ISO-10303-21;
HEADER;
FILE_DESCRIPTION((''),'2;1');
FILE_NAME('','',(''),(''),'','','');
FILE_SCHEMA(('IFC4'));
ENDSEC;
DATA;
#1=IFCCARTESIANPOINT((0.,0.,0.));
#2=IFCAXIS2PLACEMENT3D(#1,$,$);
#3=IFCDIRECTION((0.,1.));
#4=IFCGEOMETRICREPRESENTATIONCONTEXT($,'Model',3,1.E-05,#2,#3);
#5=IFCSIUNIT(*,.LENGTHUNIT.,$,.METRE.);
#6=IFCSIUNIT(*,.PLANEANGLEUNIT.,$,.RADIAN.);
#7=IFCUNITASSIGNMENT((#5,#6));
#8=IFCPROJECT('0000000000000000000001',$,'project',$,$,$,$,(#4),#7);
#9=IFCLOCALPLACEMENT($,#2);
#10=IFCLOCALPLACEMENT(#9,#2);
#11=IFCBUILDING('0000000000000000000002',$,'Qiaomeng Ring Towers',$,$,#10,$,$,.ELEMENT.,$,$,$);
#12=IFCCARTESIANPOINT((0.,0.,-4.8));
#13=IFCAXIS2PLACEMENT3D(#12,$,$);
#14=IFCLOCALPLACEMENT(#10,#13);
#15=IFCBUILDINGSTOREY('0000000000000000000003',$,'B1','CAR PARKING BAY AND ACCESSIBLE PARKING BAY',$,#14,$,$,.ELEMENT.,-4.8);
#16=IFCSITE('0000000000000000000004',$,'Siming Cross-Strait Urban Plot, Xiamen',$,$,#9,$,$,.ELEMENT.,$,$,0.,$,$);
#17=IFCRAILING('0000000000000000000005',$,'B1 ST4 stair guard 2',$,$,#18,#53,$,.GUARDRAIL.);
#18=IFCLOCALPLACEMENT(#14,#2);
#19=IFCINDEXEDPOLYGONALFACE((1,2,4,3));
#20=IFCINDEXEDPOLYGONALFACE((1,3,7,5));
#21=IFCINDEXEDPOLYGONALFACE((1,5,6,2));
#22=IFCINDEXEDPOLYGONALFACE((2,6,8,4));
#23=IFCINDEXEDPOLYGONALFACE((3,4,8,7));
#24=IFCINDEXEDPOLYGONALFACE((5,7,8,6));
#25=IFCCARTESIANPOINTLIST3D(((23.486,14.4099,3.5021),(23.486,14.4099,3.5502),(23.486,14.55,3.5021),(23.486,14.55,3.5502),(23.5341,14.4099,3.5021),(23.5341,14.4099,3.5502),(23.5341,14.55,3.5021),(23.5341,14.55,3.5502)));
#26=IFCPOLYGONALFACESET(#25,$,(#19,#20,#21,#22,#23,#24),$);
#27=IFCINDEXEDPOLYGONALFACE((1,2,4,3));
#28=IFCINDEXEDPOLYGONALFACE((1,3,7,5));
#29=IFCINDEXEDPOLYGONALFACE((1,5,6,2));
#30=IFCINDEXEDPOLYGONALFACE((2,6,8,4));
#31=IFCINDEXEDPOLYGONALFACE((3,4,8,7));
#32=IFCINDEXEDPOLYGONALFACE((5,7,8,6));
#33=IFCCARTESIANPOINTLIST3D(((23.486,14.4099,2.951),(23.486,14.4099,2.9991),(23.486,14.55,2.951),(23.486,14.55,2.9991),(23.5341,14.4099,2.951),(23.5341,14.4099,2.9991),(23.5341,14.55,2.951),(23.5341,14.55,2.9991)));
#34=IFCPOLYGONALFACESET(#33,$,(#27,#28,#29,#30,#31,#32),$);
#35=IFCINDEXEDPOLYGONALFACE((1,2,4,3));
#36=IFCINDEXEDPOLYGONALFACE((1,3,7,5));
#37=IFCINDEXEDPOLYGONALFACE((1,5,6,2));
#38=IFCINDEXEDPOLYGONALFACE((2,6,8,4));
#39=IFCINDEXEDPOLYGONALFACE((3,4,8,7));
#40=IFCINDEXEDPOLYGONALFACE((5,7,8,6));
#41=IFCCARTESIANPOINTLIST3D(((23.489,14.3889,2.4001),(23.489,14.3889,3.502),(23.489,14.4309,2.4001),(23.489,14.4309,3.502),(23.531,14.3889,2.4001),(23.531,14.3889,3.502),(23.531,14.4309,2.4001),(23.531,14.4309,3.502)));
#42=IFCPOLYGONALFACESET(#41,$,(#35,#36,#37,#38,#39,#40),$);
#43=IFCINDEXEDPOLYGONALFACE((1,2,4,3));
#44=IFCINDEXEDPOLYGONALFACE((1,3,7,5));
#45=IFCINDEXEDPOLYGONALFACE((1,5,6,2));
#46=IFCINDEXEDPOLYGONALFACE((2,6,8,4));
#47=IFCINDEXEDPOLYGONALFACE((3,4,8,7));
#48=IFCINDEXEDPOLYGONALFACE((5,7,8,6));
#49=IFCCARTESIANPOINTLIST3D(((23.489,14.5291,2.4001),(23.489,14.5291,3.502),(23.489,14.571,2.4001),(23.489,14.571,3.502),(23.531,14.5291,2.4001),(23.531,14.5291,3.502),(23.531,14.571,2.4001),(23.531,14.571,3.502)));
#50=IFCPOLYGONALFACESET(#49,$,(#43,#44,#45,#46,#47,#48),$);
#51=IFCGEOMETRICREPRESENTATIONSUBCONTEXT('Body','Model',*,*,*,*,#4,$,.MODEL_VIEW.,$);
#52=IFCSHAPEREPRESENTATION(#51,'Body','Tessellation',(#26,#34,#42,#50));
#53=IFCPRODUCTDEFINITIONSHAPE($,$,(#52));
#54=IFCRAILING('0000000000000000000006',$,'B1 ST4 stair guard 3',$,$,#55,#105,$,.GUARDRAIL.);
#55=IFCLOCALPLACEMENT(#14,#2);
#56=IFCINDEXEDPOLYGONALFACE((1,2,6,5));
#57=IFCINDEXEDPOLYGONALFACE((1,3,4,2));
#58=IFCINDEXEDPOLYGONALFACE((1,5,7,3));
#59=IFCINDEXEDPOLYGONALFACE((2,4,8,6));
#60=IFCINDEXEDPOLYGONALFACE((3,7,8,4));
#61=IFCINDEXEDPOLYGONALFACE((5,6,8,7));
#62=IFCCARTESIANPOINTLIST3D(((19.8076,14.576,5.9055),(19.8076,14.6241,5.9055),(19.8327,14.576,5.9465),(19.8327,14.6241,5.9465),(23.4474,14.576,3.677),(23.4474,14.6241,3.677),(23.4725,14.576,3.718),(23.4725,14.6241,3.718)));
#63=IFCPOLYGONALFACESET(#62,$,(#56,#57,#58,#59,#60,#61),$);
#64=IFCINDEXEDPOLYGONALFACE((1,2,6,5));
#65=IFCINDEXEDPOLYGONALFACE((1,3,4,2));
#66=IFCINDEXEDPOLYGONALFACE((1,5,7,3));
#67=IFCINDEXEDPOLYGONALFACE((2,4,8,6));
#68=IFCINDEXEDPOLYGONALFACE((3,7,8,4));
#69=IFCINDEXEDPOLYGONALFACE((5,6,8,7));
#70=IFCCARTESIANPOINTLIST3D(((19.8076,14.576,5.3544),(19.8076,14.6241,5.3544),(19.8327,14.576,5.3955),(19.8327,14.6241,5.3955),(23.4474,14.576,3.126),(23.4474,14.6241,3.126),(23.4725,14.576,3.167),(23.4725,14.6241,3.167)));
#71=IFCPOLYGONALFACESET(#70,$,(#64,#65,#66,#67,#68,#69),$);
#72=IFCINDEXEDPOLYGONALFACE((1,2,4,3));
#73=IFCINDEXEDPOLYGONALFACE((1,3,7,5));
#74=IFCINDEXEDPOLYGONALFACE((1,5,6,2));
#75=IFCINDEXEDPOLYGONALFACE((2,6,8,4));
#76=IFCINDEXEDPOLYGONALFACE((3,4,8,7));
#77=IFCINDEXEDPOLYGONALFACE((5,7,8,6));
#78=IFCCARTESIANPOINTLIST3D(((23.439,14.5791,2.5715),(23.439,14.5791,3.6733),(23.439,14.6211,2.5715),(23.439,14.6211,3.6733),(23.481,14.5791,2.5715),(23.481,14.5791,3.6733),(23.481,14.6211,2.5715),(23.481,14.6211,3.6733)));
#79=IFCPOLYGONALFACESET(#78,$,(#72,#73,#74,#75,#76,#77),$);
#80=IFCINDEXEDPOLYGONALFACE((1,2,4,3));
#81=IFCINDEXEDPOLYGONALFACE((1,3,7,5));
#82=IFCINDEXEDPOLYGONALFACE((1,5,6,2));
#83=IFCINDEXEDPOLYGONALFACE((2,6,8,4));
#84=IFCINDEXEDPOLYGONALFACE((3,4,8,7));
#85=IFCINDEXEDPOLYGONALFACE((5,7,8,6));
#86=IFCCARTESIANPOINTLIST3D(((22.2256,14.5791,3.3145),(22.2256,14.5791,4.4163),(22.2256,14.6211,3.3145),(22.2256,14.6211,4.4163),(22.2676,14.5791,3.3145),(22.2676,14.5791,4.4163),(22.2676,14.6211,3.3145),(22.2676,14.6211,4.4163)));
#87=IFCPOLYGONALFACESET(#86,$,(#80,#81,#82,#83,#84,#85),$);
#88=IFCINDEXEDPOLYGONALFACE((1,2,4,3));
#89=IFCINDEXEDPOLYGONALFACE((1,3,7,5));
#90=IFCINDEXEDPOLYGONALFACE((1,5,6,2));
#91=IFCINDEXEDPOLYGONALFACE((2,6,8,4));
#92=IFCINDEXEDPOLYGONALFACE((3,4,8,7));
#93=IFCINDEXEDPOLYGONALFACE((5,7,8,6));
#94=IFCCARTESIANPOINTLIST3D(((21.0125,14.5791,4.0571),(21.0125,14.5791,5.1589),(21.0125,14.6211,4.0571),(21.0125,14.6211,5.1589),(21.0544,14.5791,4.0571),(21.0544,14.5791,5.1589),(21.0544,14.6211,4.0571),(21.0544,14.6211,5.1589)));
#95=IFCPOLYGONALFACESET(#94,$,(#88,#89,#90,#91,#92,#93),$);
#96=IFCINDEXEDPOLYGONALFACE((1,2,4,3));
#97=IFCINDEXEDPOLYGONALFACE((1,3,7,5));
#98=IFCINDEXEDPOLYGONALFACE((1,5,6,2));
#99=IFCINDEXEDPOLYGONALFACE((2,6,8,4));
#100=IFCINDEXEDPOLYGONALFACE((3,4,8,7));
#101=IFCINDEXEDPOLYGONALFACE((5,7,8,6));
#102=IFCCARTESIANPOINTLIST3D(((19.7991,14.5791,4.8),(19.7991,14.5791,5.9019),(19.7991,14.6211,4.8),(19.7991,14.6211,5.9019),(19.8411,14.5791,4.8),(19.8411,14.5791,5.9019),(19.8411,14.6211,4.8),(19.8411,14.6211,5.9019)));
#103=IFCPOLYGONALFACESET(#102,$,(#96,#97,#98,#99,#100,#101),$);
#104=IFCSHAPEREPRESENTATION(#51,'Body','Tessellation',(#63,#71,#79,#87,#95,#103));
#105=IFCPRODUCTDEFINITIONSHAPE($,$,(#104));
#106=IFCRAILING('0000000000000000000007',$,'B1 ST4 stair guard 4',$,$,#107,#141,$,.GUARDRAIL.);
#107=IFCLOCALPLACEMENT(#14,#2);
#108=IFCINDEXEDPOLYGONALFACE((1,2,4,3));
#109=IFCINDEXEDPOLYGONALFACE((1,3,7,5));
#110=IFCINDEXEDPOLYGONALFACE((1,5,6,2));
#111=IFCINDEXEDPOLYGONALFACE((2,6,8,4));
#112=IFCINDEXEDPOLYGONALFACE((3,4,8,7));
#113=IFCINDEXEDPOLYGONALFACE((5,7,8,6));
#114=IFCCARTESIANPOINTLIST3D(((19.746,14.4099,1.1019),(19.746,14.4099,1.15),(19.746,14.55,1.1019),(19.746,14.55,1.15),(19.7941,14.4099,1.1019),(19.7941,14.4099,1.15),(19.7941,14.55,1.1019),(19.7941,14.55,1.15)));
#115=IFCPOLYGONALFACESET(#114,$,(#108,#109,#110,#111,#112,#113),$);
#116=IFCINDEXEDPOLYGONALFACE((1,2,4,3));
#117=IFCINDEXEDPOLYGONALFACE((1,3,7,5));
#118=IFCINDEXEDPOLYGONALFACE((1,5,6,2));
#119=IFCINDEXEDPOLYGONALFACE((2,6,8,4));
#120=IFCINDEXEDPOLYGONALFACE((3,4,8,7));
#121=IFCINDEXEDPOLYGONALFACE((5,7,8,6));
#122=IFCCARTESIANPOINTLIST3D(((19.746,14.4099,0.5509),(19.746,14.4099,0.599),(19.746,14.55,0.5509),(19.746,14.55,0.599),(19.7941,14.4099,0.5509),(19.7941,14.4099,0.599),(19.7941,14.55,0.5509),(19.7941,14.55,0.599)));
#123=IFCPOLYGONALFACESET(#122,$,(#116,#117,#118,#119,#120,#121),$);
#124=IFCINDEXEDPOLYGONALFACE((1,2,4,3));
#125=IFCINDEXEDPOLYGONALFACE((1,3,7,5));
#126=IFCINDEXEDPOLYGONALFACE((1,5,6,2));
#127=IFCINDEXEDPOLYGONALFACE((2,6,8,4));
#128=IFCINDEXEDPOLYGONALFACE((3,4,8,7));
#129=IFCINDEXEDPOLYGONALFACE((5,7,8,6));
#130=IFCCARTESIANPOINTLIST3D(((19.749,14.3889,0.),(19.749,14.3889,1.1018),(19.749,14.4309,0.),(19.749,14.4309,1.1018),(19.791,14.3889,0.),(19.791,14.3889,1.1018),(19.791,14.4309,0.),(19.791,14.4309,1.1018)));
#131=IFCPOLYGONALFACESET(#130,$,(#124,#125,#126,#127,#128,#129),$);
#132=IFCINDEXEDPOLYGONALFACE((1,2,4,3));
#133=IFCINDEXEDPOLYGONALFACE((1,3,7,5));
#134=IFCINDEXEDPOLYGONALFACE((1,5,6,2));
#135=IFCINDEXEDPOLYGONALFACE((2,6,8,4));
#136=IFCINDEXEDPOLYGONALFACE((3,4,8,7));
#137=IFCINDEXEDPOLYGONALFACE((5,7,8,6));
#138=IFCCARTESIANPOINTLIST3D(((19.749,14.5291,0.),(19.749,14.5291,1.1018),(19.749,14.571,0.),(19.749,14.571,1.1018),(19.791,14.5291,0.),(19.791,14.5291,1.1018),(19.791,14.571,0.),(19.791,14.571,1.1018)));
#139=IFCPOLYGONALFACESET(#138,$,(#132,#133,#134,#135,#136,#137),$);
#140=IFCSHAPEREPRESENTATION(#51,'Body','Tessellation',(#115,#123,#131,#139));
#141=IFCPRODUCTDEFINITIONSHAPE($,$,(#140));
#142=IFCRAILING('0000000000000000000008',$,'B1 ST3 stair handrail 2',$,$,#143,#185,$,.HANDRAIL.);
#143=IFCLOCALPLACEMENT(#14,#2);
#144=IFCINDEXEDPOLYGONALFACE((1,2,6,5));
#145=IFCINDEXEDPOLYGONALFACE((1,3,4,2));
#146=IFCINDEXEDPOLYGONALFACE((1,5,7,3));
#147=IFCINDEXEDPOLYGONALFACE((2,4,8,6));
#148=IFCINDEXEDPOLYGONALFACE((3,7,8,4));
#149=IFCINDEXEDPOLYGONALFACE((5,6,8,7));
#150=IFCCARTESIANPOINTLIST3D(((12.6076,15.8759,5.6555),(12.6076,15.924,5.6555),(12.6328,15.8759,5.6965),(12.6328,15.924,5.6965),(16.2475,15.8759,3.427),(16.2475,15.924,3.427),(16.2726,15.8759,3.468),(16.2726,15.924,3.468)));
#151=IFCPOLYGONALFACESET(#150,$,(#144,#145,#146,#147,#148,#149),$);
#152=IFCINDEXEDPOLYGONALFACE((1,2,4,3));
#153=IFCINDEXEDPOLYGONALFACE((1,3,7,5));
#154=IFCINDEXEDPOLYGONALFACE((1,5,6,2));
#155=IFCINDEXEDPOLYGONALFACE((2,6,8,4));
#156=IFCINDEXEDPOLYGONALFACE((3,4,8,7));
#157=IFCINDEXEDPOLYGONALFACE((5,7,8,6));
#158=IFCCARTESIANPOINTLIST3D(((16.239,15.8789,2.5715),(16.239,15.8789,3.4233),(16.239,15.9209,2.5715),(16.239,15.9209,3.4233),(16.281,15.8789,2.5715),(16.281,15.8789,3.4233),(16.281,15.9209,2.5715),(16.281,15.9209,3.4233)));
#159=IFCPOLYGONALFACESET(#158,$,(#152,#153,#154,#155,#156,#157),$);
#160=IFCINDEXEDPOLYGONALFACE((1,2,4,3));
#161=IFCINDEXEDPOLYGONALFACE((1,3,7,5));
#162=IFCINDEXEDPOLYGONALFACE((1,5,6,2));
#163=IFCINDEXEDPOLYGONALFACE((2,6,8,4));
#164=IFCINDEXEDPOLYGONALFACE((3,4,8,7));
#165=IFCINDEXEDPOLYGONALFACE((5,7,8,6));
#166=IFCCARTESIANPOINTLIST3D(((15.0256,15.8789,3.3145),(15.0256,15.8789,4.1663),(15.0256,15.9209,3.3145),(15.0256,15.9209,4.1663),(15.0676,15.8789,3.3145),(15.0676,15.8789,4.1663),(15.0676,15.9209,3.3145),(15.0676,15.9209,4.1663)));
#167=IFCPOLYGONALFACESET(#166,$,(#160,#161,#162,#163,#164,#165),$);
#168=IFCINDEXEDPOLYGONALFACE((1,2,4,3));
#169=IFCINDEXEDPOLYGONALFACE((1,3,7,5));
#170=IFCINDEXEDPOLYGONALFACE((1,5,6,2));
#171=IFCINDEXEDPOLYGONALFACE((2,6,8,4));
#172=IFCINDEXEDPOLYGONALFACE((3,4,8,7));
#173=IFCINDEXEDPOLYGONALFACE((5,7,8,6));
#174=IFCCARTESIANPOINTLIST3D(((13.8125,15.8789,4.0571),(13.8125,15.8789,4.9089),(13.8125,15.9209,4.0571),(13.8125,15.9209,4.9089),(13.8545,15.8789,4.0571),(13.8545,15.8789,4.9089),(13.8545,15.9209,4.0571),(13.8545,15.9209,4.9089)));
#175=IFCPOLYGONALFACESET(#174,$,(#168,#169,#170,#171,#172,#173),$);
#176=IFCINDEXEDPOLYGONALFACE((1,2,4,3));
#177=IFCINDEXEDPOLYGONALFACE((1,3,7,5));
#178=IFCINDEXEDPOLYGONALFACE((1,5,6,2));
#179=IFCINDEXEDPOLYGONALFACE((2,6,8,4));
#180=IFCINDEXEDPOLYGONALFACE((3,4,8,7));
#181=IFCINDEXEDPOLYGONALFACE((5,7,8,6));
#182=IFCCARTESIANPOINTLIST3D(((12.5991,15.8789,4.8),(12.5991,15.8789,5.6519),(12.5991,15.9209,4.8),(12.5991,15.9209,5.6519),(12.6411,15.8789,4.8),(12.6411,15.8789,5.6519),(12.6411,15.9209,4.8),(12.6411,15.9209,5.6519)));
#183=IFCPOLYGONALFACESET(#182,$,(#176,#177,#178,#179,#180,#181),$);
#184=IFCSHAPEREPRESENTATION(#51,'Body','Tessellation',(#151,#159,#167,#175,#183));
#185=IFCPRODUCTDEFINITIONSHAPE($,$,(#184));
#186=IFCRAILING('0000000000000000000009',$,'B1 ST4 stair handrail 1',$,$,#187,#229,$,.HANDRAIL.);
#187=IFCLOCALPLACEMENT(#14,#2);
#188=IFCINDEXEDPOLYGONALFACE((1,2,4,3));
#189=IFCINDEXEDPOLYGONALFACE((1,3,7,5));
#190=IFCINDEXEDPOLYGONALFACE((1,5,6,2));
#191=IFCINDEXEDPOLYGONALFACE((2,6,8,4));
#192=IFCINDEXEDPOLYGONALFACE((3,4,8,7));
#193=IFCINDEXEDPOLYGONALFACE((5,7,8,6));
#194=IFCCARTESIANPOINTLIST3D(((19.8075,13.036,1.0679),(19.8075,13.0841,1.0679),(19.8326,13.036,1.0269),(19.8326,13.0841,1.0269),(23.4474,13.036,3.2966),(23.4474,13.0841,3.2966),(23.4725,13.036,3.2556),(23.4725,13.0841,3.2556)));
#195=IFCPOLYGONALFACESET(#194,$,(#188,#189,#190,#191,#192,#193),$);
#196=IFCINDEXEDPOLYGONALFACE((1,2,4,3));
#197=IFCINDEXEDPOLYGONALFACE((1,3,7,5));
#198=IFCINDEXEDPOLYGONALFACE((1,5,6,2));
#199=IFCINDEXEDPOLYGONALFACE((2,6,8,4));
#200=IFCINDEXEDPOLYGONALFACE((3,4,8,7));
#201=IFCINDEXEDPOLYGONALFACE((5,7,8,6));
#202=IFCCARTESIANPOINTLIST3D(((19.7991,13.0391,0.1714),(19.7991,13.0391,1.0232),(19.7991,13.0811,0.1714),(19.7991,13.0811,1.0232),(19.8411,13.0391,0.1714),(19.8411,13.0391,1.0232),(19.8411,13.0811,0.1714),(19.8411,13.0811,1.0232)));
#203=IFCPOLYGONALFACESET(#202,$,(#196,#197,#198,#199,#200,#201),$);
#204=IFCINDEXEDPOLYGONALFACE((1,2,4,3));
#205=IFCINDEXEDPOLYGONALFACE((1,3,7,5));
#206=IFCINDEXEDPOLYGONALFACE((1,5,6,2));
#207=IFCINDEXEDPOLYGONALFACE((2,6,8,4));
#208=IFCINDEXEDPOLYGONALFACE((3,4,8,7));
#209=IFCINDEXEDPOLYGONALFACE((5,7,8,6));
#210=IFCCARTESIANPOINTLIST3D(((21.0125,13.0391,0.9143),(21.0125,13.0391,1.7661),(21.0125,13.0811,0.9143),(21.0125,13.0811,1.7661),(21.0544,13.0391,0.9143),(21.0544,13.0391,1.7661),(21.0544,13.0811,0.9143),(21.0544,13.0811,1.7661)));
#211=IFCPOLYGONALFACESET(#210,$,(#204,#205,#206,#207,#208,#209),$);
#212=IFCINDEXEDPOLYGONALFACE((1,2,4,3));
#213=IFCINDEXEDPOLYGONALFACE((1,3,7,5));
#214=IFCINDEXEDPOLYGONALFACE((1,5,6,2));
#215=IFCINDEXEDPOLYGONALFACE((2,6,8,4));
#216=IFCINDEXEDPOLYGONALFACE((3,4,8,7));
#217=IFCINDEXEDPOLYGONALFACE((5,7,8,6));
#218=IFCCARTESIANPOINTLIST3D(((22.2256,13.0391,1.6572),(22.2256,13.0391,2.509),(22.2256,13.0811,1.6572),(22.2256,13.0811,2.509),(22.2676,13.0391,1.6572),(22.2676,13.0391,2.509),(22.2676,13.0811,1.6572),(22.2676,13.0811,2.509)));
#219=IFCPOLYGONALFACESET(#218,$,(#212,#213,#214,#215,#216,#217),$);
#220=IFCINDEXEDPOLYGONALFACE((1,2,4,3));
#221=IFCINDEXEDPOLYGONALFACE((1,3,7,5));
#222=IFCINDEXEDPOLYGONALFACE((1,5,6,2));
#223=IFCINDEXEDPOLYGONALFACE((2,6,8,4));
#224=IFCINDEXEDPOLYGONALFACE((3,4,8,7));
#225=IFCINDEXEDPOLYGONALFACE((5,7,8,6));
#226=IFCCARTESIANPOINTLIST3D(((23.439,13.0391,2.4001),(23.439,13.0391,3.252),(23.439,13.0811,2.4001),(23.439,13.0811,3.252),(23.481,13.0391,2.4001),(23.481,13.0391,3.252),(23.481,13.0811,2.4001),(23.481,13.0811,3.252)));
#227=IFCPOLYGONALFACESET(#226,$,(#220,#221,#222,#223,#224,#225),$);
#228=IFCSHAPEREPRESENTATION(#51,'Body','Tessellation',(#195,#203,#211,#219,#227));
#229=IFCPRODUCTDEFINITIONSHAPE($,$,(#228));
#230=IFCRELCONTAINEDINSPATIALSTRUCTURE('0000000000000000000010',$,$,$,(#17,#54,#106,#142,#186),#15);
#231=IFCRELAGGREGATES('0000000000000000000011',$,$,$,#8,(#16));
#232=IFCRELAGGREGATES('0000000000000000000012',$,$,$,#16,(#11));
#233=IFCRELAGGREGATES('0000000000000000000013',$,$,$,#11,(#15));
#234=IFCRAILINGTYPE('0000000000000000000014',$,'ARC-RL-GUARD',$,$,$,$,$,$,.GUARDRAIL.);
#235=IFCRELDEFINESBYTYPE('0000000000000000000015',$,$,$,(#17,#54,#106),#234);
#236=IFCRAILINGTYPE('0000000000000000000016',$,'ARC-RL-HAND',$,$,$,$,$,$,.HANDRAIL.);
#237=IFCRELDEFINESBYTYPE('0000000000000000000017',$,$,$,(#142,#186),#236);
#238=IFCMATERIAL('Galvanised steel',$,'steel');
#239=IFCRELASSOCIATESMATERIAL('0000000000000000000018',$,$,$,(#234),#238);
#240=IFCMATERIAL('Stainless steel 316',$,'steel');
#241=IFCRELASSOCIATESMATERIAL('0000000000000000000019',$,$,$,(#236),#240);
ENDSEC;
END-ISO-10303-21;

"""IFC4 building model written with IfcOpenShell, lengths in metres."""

from ifc_helpers import new_model, si_unit, direction, frame, origin, origin_2d, place, context, subcontext, project, spatial, rectangle, extrude, material, type_object, element, save


model = new_model("IFC4")

# Units and contexts
model_context = context("Model", 3, precision=1e-05, world=origin(), true_north=direction((0.0, 1.0)))
body_context = subcontext(model_context, "Body", "Model", "MODEL_VIEW")
ifc_project = project(units=[si_unit("LENGTHUNIT", "METRE"), si_unit("PLANEANGLEUNIT", "RADIAN")], contexts=[model_context])

# Site, building, storey
site_placement = place(None, origin())
site = spatial("IfcSite", under=ifc_project, at=site_placement, Name="Siming Cross-Strait Urban Plot, Xiamen", CompositionType="ELEMENT", RefElevation=0.0)
building_placement = place(site_placement, origin())
building = spatial("IfcBuilding", under=site, at=building_placement, Name="Qiaomeng Ring Towers", CompositionType="ELEMENT")
storey_placement = place(building_placement, frame((0.0, 0.0, -4.8)))
storey = spatial("IfcBuildingStorey", under=building, at=storey_placement, Name="B1", Description="CAR PARKING BAY AND ACCESSIBLE PARKING BAY", CompositionType="ELEMENT", Elevation=-4.8)

# Shared definitions
ifc_material_1 = material(Name="Galvanised steel", Category="steel")

# Railings
railing_type_1 = type_object("IfcRailingType", Name="ARC-RL-GUARD", PredefinedType="GUARDRAIL", material=ifc_material_1)
railing_1_placement = place(storey_placement, frame((23.51, 14.4099, 2.4001)))
element("IfcRailing", 1, at=railing_1_placement, inside=storey, type_object=railing_type_1, Name="B1 ST4 stair guard 2", PredefinedType="GUARDRAIL", context=body_context, shape_type="SweptSolid", body=[
    extrude(rectangle(XDim=0.0481, YDim=0.0481, at=origin_2d()), frame((0.0, 0.0, 1.126), z_axis=(0.0, 1.0, 0.0), x_axis=(-1.0, 0.0, 0.0)), (0.0, 0.0, 1.0), 0.1401),
    extrude(rectangle(XDim=0.0481, YDim=0.0481, at=origin_2d()), frame((0.0, 0.0, 0.575), z_axis=(0.0, 1.0, 0.0), x_axis=(-1.0, 0.0, 0.0)), (0.0, 0.0, 1.0), 0.1401),
    extrude(rectangle(XDim=0.042, YDim=0.042, at=origin_2d()), origin(), (0.0, 0.0, 1.0), 1.1018),
    extrude(rectangle(XDim=0.042, YDim=0.042, at=origin_2d()), frame((0.0, 0.1401, 0.0)), (0.0, 0.0, 1.0), 1.1018),
])
railing_2_placement = place(storey_placement, frame((23.46, 14.6001, 2.5715)))
element("IfcRailing", 2, at=railing_2_placement, inside=storey, type_object=railing_type_1, Name="B1 ST4 stair guard 3", PredefinedType="GUARDRAIL", context=body_context, shape_type="SweptSolid", body=[
    extrude(rectangle(XDim=0.0481, YDim=0.0481, at=origin_2d()), frame((0.0, 0.0, 1.126), z_axis=(-0.85285, 0.0, 0.522156), x_axis=(0.0, -1.0, 0.0)), (0.0, 0.0, 1.0), 4.2678),
    extrude(rectangle(XDim=0.0481, YDim=0.0481, at=origin_2d()), frame((0.0, 0.0, 0.575), z_axis=(-0.85285, 0.0, 0.522156), x_axis=(0.0, -1.0, 0.0)), (0.0, 0.0, 1.0), 4.2678),
    extrude(rectangle(XDim=0.042, YDim=0.042, at=origin_2d()), origin(), (0.0, 0.0, 1.0), 1.1018),
    extrude(rectangle(XDim=0.042, YDim=0.042, at=origin_2d()), frame((-1.2134, 0.0, 0.7429)), (0.0, 0.0, 1.0), 1.1018),
    extrude(rectangle(XDim=0.042, YDim=0.042, at=origin_2d()), frame((-2.4265, 0.0, 1.4856)), (0.0, 0.0, 1.0), 1.1018),
    extrude(rectangle(XDim=0.042, YDim=0.042, at=origin_2d()), frame((-3.6399, 0.0, 2.2285)), (0.0, 0.0, 1.0), 1.1018),
])
railing_3_placement = place(storey_placement, frame((19.77, 14.4099, 0.0)))
element("IfcRailing", 3, at=railing_3_placement, inside=storey, type_object=railing_type_1, Name="B1 ST4 stair guard 4", PredefinedType="GUARDRAIL", context=body_context, shape_type="SweptSolid", body=[
    extrude(rectangle(XDim=0.0481, YDim=0.0481, at=origin_2d()), frame((0.0, 0.0, 1.126), z_axis=(0.0, 1.0, 0.0), x_axis=(-1.0, 0.0, 0.0)), (0.0, 0.0, 1.0), 0.1401),
    extrude(rectangle(XDim=0.0481, YDim=0.0481, at=origin_2d()), frame((0.0, 0.0, 0.575), z_axis=(0.0, 1.0, 0.0), x_axis=(-1.0, 0.0, 0.0)), (0.0, 0.0, 1.0), 0.1401),
    extrude(rectangle(XDim=0.042, YDim=0.042, at=origin_2d()), origin(), (0.0, 0.0, 1.0), 1.1018),
    extrude(rectangle(XDim=0.042, YDim=0.042, at=origin_2d()), frame((0.0, 0.1401, 0.0)), (0.0, 0.0, 1.0), 1.1018),
])
ifc_material_2 = material(Name="Stainless steel 316", Category="steel")
railing_type_2 = type_object("IfcRailingType", Name="ARC-RL-HAND", PredefinedType="HANDRAIL", material=ifc_material_2)
railing_4_placement = place(storey_placement, frame((16.26, 15.8999, 2.5715)))
element("IfcRailing", 4, at=railing_4_placement, inside=storey, type_object=railing_type_2, Name="B1 ST3 stair handrail 2", PredefinedType="HANDRAIL", context=body_context, shape_type="SweptSolid", body=[
    extrude(rectangle(XDim=0.0481, YDim=0.0481, at=origin_2d()), frame((0.0, 0.0, 0.876), z_axis=(-0.85285, 0.0, 0.522156), x_axis=(0.0, -1.0, 0.0)), (0.0, 0.0, 1.0), 4.2678),
    extrude(rectangle(XDim=0.042, YDim=0.042, at=origin_2d()), origin(), (0.0, 0.0, 1.0), 0.8518),
    extrude(rectangle(XDim=0.042, YDim=0.042, at=origin_2d()), frame((-1.2134, 0.0, 0.7429)), (0.0, 0.0, 1.0), 0.8518),
    extrude(rectangle(XDim=0.042, YDim=0.042, at=origin_2d()), frame((-2.4265, 0.0, 1.4856)), (0.0, 0.0, 1.0), 0.8518),
    extrude(rectangle(XDim=0.042, YDim=0.042, at=origin_2d()), frame((-3.6399, 0.0, 2.2285)), (0.0, 0.0, 1.0), 0.8518),
])
railing_5_placement = place(storey_placement, frame((19.8201, 13.0601, 0.1714)))
element("IfcRailing", 5, at=railing_5_placement, inside=storey, type_object=railing_type_2, Name="B1 ST4 stair handrail 1", PredefinedType="HANDRAIL", context=body_context, shape_type="SweptSolid", body=[
    extrude(rectangle(XDim=0.0481, YDim=0.0481, at=origin_2d()), frame((0.0, 0.0, 0.876), z_axis=(0.852825, 0.0, 0.522197), x_axis=(0.0, 1.0, 0.0)), (0.0, 0.0, 1.0), 4.2681),
    extrude(rectangle(XDim=0.042, YDim=0.042, at=origin_2d()), origin(), (0.0, 0.0, 1.0), 0.8518),
    extrude(rectangle(XDim=0.042, YDim=0.042, at=origin_2d()), frame((1.2134, 0.0, 0.7429)), (0.0, 0.0, 1.0), 0.8518),
    extrude(rectangle(XDim=0.042, YDim=0.042, at=origin_2d()), frame((2.4265, 0.0, 1.4858)), (0.0, 0.0, 1.0), 0.8518),
    extrude(rectangle(XDim=0.042, YDim=0.042, at=origin_2d()), frame((3.6399, 0.0, 2.2288)), (0.0, 0.0, 1.0), 0.8518),
])

save(model, "model.ifc")
